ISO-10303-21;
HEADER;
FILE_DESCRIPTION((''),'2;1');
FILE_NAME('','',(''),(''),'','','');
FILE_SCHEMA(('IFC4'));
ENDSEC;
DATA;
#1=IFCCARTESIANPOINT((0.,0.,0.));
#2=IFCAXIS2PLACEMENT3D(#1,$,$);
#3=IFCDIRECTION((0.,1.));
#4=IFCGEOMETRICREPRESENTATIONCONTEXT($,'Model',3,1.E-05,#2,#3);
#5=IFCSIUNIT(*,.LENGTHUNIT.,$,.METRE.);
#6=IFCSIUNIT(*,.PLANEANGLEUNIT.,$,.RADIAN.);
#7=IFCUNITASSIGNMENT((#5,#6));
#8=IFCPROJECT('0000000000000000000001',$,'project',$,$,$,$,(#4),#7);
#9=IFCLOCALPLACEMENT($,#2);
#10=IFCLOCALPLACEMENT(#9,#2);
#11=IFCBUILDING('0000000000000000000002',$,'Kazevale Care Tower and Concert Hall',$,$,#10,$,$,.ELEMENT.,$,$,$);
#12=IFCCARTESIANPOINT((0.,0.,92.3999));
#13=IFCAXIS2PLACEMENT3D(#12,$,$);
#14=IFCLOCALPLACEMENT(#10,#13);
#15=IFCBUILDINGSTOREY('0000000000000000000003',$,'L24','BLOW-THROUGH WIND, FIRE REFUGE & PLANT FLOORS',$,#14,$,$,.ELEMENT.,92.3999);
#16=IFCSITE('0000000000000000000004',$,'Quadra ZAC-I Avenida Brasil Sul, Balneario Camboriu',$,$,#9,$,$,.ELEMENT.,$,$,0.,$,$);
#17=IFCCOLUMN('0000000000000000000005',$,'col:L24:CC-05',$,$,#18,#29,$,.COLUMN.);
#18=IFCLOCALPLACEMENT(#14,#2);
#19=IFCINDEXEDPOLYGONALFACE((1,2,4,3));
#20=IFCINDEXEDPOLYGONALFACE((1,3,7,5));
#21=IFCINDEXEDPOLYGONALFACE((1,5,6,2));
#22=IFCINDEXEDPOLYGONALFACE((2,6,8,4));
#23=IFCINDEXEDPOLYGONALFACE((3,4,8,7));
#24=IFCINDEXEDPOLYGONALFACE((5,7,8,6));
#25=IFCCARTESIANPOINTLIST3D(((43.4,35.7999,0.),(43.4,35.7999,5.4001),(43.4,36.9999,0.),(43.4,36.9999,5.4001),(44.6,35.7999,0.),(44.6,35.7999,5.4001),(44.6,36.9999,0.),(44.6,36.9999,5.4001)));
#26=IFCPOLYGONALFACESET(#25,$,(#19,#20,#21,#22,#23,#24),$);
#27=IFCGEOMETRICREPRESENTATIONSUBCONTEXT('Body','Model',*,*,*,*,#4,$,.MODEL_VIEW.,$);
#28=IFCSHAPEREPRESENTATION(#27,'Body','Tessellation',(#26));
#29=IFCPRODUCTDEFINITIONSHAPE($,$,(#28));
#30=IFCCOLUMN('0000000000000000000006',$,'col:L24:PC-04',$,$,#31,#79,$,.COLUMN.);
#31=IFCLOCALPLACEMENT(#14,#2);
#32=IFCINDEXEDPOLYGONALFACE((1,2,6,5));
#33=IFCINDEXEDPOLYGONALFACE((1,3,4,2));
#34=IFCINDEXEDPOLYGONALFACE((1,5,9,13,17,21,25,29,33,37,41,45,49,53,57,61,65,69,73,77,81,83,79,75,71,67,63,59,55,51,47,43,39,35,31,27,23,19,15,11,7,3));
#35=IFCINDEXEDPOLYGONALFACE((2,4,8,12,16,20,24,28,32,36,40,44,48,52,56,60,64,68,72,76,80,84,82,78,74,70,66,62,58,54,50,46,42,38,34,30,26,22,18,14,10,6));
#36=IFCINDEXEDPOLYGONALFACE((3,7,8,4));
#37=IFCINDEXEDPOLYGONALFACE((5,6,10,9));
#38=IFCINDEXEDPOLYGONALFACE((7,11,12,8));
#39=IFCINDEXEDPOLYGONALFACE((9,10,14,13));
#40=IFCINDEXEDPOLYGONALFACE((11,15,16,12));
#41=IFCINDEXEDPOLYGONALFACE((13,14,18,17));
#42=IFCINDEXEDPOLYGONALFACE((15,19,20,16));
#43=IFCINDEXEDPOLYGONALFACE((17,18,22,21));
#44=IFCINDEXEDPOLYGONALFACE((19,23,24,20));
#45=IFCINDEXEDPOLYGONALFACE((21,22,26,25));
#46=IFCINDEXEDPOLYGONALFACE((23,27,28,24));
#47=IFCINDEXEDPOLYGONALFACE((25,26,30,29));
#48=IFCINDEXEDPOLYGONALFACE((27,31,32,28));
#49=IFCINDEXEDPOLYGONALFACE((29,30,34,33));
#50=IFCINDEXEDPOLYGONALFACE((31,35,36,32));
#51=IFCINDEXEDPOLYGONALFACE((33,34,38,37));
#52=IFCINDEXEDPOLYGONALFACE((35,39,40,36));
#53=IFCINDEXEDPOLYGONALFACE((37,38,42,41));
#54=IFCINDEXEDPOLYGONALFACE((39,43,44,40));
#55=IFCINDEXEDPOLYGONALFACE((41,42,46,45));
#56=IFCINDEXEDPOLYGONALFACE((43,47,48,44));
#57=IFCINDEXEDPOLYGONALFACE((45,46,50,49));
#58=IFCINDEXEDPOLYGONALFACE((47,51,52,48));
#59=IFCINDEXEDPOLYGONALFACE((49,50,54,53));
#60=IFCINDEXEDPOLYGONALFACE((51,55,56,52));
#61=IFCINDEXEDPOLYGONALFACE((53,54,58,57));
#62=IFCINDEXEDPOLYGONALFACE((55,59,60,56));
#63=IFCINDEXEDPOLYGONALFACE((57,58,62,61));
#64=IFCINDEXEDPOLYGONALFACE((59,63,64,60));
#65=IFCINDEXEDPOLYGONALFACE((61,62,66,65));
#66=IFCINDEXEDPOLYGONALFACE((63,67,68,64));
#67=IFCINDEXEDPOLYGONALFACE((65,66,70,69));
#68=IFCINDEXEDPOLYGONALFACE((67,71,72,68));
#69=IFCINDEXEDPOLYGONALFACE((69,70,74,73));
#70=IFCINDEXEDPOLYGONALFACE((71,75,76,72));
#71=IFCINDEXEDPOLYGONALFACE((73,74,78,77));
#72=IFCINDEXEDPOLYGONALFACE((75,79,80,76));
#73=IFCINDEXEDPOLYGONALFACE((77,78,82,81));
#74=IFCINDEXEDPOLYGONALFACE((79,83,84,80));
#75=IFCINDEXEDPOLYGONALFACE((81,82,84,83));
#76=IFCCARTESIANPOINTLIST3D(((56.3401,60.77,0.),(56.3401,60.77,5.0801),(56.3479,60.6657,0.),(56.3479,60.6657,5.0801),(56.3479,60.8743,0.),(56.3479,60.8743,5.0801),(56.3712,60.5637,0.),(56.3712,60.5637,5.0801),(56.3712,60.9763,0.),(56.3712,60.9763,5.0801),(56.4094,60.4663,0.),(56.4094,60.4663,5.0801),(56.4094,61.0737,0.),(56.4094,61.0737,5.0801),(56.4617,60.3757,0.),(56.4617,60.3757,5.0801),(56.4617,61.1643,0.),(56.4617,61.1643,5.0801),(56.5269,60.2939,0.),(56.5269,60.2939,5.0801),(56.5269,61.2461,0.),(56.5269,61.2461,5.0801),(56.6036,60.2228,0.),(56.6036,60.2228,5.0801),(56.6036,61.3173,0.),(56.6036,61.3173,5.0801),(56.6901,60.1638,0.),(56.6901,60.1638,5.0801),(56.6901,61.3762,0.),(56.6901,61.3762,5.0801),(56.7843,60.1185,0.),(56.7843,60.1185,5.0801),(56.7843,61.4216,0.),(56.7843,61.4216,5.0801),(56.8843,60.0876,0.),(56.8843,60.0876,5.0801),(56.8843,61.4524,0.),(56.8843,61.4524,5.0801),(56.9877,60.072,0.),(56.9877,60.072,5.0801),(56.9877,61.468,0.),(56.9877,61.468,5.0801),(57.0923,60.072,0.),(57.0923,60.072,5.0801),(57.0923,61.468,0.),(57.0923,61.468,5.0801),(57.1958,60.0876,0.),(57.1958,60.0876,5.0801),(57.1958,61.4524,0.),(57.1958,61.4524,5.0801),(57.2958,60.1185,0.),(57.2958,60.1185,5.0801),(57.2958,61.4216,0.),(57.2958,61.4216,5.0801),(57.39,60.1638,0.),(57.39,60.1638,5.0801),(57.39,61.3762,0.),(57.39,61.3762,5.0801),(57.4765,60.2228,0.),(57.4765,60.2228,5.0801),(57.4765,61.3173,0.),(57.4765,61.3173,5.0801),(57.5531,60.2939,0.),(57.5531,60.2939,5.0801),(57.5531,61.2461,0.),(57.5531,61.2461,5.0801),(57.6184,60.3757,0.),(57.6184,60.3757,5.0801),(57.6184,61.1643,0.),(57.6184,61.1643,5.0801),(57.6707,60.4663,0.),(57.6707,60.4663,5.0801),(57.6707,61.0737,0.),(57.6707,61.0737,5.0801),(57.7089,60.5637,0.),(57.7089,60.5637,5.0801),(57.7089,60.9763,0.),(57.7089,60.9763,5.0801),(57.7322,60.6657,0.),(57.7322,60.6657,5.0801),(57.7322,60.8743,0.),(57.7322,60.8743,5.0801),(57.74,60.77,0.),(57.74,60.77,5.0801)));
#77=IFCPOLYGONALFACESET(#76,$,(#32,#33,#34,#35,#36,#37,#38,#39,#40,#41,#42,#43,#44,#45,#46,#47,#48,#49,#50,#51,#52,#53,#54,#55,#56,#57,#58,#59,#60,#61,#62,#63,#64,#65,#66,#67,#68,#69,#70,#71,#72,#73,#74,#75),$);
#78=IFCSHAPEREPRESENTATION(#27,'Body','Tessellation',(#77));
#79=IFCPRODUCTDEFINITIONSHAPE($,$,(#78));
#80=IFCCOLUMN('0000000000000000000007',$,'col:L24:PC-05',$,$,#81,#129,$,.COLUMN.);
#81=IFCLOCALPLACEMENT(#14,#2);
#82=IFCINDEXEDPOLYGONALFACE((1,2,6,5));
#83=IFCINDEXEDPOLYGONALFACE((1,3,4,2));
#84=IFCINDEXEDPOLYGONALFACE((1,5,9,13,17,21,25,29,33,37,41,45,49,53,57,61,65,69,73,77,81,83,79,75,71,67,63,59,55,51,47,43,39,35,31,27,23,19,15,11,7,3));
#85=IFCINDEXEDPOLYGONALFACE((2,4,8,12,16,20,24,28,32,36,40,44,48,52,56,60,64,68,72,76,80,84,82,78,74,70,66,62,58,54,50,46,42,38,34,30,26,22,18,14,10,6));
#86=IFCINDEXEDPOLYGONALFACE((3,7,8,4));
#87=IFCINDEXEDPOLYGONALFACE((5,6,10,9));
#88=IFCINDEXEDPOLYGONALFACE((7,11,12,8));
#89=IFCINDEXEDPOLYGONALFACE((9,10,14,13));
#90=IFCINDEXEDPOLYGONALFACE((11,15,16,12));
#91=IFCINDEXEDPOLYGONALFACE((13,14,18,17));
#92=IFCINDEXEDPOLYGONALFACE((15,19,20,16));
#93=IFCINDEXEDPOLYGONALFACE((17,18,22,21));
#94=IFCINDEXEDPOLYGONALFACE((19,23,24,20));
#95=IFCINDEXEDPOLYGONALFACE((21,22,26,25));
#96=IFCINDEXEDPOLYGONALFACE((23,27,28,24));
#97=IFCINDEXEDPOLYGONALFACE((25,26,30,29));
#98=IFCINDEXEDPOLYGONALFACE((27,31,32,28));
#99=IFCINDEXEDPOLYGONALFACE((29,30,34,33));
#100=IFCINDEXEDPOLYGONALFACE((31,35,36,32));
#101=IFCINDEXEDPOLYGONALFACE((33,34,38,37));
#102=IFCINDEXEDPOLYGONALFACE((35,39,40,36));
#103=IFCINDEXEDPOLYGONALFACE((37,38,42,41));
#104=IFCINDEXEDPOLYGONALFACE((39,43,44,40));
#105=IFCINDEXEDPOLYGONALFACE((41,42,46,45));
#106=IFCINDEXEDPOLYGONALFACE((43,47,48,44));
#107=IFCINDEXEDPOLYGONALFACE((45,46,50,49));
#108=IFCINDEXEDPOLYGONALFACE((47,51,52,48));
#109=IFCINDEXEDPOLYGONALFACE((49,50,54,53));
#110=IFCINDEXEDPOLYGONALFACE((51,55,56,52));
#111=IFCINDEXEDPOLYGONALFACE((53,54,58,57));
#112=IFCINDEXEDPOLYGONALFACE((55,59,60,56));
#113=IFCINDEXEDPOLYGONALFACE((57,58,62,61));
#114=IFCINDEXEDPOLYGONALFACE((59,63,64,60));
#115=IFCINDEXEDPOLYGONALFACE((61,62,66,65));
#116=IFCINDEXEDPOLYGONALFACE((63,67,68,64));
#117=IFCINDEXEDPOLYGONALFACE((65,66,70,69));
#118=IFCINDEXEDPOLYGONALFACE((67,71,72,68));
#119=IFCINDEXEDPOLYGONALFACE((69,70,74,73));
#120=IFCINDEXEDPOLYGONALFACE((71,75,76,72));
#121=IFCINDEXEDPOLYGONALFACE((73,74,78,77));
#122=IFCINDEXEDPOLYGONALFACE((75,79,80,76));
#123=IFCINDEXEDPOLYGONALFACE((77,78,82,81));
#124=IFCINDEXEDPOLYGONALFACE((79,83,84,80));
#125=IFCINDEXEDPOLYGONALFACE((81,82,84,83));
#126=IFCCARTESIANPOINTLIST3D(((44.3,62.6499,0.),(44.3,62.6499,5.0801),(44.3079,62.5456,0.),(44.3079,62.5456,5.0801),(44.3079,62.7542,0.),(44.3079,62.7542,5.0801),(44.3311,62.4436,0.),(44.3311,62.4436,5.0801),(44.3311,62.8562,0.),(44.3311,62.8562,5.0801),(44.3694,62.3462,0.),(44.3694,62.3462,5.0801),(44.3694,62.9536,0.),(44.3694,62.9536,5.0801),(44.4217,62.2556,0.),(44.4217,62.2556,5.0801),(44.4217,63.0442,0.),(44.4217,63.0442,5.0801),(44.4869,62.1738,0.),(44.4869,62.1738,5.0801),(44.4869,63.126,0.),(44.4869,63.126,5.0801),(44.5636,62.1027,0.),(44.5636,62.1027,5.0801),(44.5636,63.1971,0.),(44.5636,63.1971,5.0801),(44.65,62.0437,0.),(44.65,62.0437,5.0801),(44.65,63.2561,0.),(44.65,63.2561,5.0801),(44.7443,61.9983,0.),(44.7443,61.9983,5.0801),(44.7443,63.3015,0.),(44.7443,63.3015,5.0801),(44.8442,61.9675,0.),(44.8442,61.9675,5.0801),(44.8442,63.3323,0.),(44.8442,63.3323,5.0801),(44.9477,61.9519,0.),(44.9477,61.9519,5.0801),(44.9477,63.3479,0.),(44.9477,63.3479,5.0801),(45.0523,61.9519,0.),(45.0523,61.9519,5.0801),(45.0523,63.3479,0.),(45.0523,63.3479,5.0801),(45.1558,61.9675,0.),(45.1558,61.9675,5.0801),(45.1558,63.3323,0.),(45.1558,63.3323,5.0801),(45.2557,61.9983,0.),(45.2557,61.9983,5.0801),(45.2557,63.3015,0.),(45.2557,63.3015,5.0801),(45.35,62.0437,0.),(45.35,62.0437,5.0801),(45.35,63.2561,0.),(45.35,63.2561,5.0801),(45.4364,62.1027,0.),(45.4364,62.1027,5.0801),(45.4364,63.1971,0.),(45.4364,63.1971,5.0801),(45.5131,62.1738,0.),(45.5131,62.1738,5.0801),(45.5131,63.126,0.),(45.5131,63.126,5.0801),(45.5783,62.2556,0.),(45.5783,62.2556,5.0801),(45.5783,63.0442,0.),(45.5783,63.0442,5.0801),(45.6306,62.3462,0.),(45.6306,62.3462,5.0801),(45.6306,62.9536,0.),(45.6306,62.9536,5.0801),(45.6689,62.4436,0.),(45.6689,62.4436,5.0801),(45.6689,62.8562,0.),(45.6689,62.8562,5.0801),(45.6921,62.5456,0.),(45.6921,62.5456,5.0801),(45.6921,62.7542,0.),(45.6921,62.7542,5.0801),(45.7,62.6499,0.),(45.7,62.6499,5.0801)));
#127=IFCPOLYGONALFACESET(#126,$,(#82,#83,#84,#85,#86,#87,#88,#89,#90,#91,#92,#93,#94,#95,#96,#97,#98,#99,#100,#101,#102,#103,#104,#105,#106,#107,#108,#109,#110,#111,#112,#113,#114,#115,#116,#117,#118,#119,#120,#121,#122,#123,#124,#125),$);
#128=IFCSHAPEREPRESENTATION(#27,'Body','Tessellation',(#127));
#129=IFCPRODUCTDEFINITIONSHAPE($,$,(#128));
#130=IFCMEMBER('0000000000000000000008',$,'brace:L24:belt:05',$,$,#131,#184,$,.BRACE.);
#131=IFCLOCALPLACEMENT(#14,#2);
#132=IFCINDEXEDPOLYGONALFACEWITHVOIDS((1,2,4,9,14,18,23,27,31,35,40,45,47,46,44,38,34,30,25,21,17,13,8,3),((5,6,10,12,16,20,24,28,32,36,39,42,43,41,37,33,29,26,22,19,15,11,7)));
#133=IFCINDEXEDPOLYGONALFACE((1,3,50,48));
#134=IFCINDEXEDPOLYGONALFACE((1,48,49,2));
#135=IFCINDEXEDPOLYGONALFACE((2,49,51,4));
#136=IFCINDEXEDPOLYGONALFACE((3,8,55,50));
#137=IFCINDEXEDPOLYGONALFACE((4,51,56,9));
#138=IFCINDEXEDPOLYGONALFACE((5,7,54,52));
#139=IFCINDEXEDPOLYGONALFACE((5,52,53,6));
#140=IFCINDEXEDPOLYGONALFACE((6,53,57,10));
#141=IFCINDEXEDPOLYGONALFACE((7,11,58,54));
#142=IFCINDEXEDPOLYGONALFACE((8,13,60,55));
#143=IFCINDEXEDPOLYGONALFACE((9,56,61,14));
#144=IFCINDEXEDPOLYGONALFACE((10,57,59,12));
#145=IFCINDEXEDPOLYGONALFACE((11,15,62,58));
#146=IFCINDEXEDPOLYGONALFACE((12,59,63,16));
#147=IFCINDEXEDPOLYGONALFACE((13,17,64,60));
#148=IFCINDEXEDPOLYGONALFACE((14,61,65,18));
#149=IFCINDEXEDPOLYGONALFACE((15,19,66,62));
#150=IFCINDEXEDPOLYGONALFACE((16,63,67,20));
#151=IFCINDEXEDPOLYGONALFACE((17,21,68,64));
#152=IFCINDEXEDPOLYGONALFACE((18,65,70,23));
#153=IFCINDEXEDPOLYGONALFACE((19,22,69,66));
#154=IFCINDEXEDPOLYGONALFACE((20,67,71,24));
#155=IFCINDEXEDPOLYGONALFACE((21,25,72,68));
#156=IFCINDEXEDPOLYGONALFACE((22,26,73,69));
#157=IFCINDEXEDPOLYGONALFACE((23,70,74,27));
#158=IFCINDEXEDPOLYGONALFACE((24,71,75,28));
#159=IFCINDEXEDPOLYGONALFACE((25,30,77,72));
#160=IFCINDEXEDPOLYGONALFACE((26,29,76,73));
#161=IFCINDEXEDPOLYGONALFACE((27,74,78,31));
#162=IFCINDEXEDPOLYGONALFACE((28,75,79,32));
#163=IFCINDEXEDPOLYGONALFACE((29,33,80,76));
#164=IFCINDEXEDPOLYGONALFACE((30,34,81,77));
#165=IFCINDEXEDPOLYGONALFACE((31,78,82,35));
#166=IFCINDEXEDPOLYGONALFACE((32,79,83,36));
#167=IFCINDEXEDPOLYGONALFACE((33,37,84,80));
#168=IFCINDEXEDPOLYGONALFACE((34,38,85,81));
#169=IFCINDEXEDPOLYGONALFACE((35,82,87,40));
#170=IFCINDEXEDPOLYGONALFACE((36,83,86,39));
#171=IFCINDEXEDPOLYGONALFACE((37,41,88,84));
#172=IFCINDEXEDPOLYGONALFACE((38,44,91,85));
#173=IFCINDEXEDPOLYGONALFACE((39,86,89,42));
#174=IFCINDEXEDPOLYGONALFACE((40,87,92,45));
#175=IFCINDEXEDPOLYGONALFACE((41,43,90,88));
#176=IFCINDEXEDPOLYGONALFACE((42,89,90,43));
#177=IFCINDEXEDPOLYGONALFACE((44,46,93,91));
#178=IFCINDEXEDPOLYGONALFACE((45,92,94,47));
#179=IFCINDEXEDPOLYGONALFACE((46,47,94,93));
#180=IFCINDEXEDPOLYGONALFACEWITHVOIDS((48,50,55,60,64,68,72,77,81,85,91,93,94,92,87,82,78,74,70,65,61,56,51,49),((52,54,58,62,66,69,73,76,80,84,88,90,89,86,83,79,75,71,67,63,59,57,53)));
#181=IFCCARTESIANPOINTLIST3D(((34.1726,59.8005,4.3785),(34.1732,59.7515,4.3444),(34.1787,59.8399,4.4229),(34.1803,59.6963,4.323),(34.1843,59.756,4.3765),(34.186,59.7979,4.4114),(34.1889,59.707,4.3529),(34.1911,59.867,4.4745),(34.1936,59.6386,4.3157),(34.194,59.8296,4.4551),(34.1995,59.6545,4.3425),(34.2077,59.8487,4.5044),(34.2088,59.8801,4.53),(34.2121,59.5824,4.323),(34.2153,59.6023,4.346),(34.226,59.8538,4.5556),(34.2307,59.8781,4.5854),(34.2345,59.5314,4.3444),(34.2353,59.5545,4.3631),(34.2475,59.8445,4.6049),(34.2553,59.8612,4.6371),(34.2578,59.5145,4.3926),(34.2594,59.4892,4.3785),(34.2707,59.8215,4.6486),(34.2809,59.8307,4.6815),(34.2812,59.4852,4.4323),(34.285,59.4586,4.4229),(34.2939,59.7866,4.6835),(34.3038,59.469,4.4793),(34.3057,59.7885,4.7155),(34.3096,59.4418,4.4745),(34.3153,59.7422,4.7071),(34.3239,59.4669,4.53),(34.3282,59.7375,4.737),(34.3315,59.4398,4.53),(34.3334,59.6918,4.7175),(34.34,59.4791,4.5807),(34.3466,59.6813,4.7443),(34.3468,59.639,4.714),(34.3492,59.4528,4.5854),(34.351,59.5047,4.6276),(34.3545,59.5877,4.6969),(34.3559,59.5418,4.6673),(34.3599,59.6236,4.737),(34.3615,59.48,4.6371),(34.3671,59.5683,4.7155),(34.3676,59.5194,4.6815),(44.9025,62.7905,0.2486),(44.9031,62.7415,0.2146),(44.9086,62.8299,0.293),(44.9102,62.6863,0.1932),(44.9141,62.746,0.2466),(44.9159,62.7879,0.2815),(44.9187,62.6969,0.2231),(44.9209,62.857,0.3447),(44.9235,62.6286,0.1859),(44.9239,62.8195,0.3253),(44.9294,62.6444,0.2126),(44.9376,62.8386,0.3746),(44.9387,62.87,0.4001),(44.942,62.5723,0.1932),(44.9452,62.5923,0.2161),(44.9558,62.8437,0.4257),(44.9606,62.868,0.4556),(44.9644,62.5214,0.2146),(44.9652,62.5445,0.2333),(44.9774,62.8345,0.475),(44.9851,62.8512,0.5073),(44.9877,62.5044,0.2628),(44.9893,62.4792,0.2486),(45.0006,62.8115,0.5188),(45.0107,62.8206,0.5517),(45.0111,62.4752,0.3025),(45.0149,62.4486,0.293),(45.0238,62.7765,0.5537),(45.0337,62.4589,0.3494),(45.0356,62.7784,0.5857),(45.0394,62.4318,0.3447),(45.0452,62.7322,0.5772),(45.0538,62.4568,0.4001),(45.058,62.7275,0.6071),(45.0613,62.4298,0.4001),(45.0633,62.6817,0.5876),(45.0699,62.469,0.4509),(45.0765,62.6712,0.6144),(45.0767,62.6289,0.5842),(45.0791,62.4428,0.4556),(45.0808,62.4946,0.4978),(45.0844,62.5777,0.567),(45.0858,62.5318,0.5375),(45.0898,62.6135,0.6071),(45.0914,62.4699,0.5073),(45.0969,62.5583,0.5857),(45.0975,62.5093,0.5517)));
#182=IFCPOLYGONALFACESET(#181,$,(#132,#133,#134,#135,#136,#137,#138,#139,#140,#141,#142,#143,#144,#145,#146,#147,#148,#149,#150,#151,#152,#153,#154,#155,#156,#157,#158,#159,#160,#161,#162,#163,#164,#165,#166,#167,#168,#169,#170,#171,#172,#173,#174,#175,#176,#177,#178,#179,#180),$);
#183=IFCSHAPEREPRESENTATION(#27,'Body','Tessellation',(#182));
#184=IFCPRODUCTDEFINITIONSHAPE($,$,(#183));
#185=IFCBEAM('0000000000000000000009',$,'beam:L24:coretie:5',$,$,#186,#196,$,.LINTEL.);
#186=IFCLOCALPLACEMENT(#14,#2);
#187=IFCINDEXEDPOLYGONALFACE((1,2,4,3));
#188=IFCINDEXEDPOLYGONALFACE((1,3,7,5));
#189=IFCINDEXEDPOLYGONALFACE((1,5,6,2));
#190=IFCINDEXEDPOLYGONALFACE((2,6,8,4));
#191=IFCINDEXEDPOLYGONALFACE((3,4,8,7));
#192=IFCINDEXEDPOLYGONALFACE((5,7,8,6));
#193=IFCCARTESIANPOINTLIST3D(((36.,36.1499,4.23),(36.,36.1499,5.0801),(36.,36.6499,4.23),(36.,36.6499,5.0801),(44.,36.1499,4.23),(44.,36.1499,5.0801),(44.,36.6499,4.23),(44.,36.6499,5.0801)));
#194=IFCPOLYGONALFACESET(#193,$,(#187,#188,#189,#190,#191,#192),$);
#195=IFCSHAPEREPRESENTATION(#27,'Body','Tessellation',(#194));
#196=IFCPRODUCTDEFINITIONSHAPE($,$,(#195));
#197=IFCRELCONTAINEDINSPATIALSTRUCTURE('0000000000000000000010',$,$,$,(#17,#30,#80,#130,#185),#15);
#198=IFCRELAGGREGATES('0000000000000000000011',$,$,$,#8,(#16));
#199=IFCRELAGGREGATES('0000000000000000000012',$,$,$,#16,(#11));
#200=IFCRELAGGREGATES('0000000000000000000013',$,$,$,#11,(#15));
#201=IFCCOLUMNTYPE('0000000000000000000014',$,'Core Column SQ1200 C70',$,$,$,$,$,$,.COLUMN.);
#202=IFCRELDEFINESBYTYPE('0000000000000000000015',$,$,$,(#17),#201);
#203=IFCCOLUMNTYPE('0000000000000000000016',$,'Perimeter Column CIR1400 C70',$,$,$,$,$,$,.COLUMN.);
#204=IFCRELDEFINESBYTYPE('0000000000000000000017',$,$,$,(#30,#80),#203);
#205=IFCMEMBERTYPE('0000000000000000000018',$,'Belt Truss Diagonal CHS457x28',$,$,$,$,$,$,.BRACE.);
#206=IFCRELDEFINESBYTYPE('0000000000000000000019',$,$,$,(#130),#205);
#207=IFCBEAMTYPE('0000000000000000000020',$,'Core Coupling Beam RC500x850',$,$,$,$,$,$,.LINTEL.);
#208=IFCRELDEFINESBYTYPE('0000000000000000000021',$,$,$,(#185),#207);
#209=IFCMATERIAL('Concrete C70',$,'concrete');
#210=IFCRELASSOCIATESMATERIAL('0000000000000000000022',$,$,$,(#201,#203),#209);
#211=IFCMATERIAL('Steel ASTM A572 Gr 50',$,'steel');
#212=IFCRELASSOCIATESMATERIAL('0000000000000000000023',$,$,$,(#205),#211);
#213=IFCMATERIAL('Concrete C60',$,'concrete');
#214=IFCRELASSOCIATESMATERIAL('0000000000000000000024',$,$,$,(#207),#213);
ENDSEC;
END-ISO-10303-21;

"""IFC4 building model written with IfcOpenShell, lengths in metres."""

from ifc_helpers import new_model, si_unit, direction, frame, origin, origin_2d, place, context, subcontext, project, spatial, rectangle, circle, hollow_circle, extrude, material, material_profile, profile_set, type_object, element, save


model = new_model("IFC4")

# Units and contexts
model_context = context("Model", 3, precision=1e-05, world=origin(), true_north=direction((0.0, 1.0)))
body_context = subcontext(model_context, "Body", "Model", "MODEL_VIEW")
ifc_project = project(units=[si_unit("LENGTHUNIT", "METRE"), si_unit("PLANEANGLEUNIT", "RADIAN")], contexts=[model_context])

# Site, building, storey
site_placement = place(None, origin())
site = spatial("IfcSite", under=ifc_project, at=site_placement, Name="Quadra ZAC-I Avenida Brasil Sul, Balneario Camboriu", CompositionType="ELEMENT", RefElevation=0.0)
building_placement = place(site_placement, origin())
building = spatial("IfcBuilding", under=site, at=building_placement, Name="Kazevale Care Tower and Concert Hall", CompositionType="ELEMENT")
storey_placement = place(building_placement, frame((0.0, 0.0, 92.3999)))
storey = spatial("IfcBuildingStorey", under=building, at=storey_placement, Name="L24", Description="BLOW-THROUGH WIND, FIRE REFUGE & PLANT FLOORS", CompositionType="ELEMENT", Elevation=92.3999)

# Columns
ifc_material_1 = material(Name="Concrete C70", Category="concrete")
ifc_material_profile_1 = material_profile(ifc_material_1, rectangle(XDim=1.2, YDim=1.2, at=origin_2d()), Name="RC-SQ1200")
ifc_profile_set_1 = profile_set([ifc_material_profile_1], Name="Concrete C70")
column_type_1 = type_object("IfcColumnType", Name="Core Column SQ1200 C70", PredefinedType="COLUMN", material=ifc_profile_set_1)
column_placement = place(storey_placement, frame((44.0, 36.3999, 0.0), z_axis=(0.0, 0.0, 1.0), x_axis=(1.0, 0.0, 0.0)))
element("IfcColumn", 1, at=column_placement, inside=storey, type_object=column_type_1, Name="col:L24:CC-05", PredefinedType="COLUMN", context=body_context, shape_type="SweptSolid", body=[
    extrude(rectangle(XDim=1.2, YDim=1.2, at=origin_2d()), origin(), (0.0, 0.0, 1.0), 5.4001),
])
ifc_material_profile_2 = material_profile(ifc_material_1, circle(Radius=0.7, at=origin_2d()), Name="RC-CIR1400")
ifc_profile_set_2 = profile_set([ifc_material_profile_2], Name="Concrete C70")
column_type_2 = type_object("IfcColumnType", Name="Perimeter Column CIR1400 C70", PredefinedType="COLUMN", material=ifc_profile_set_2)
for number, where, z_axis, x_axis, name in (
    (2, (57.04, 60.77, 0.0), (0.0, 0.0, 1.0), (1.0, 0.0, 0.0), "col:L24:PC-04"),
    (3, (45.0, 62.6499, 0.0), (0.0, 0.0, 1.0), (1.0, 0.0, 0.0), "col:L24:PC-05"),
):
    element("IfcColumn", number, at=place(storey_placement, frame(where, z_axis=z_axis, x_axis=x_axis)), inside=storey, type_object=column_type_2, Name=name, PredefinedType="COLUMN", context=body_context, shape_type="SweptSolid", body=[
        extrude(circle(Radius=0.7, at=origin_2d()), origin(), (0.0, 0.0, 1.0), 5.0801),
    ])

# Member
ifc_material_2 = material(Name="Steel ASTM A572 Gr 50", Category="steel")
ifc_material_profile_3 = material_profile(ifc_material_2, hollow_circle(Radius=0.2285, WallThickness=0.0281, at=origin_2d()), Name="CHS457x28")
ifc_profile_set_3 = profile_set([ifc_material_profile_3], Name="Steel ASTM A572 Gr 50")
member_type_1 = type_object("IfcMemberType", Name="Belt Truss Diagonal CHS457x28", PredefinedType="BRACE", material=ifc_profile_set_3)
member_1_placement = place(storey_placement, frame((45.0, 62.6499, 0.4001), z_axis=(-0.903216, -0.251688, 0.347641), x_axis=(0.268431, -0.963299, 0.0)))
element("IfcMember", 4, at=member_1_placement, inside=storey, type_object=member_type_1, Name="brace:L24:belt:05", PredefinedType="BRACE", context=body_context, shape_type="SweptSolid", body=[
    extrude(hollow_circle(Radius=0.2285, WallThickness=0.0281, at=origin_2d()), origin(), (0.0, 0.0, 1.0), 11.8796),
])

# Beam
ifc_material_3 = material(Name="Concrete C60", Category="concrete")
ifc_material_profile_4 = material_profile(ifc_material_3, rectangle(XDim=0.5, YDim=0.8501, at=origin_2d()), Name="RC-B500x850")
ifc_profile_set_4 = profile_set([ifc_material_profile_4], Name="Concrete C60")
beam_type_1 = type_object("IfcBeamType", Name="Core Coupling Beam RC500x850", PredefinedType="LINTEL", material=ifc_profile_set_4)
beam_1_placement = place(storey_placement, frame((44.0, 36.3999, 4.655), z_axis=(-1.0, 0.0, 0.0), x_axis=(0.0, -1.0, 0.0)))
element("IfcBeam", 5, at=beam_1_placement, inside=storey, type_object=beam_type_1, Name="beam:L24:coretie:5", PredefinedType="LINTEL", context=body_context, shape_type="SweptSolid", body=[
    extrude(rectangle(XDim=0.5, YDim=0.8501, at=origin_2d()), origin(), (0.0, 0.0, 1.0), 8.0),
])

save(model, "model.ifc")
